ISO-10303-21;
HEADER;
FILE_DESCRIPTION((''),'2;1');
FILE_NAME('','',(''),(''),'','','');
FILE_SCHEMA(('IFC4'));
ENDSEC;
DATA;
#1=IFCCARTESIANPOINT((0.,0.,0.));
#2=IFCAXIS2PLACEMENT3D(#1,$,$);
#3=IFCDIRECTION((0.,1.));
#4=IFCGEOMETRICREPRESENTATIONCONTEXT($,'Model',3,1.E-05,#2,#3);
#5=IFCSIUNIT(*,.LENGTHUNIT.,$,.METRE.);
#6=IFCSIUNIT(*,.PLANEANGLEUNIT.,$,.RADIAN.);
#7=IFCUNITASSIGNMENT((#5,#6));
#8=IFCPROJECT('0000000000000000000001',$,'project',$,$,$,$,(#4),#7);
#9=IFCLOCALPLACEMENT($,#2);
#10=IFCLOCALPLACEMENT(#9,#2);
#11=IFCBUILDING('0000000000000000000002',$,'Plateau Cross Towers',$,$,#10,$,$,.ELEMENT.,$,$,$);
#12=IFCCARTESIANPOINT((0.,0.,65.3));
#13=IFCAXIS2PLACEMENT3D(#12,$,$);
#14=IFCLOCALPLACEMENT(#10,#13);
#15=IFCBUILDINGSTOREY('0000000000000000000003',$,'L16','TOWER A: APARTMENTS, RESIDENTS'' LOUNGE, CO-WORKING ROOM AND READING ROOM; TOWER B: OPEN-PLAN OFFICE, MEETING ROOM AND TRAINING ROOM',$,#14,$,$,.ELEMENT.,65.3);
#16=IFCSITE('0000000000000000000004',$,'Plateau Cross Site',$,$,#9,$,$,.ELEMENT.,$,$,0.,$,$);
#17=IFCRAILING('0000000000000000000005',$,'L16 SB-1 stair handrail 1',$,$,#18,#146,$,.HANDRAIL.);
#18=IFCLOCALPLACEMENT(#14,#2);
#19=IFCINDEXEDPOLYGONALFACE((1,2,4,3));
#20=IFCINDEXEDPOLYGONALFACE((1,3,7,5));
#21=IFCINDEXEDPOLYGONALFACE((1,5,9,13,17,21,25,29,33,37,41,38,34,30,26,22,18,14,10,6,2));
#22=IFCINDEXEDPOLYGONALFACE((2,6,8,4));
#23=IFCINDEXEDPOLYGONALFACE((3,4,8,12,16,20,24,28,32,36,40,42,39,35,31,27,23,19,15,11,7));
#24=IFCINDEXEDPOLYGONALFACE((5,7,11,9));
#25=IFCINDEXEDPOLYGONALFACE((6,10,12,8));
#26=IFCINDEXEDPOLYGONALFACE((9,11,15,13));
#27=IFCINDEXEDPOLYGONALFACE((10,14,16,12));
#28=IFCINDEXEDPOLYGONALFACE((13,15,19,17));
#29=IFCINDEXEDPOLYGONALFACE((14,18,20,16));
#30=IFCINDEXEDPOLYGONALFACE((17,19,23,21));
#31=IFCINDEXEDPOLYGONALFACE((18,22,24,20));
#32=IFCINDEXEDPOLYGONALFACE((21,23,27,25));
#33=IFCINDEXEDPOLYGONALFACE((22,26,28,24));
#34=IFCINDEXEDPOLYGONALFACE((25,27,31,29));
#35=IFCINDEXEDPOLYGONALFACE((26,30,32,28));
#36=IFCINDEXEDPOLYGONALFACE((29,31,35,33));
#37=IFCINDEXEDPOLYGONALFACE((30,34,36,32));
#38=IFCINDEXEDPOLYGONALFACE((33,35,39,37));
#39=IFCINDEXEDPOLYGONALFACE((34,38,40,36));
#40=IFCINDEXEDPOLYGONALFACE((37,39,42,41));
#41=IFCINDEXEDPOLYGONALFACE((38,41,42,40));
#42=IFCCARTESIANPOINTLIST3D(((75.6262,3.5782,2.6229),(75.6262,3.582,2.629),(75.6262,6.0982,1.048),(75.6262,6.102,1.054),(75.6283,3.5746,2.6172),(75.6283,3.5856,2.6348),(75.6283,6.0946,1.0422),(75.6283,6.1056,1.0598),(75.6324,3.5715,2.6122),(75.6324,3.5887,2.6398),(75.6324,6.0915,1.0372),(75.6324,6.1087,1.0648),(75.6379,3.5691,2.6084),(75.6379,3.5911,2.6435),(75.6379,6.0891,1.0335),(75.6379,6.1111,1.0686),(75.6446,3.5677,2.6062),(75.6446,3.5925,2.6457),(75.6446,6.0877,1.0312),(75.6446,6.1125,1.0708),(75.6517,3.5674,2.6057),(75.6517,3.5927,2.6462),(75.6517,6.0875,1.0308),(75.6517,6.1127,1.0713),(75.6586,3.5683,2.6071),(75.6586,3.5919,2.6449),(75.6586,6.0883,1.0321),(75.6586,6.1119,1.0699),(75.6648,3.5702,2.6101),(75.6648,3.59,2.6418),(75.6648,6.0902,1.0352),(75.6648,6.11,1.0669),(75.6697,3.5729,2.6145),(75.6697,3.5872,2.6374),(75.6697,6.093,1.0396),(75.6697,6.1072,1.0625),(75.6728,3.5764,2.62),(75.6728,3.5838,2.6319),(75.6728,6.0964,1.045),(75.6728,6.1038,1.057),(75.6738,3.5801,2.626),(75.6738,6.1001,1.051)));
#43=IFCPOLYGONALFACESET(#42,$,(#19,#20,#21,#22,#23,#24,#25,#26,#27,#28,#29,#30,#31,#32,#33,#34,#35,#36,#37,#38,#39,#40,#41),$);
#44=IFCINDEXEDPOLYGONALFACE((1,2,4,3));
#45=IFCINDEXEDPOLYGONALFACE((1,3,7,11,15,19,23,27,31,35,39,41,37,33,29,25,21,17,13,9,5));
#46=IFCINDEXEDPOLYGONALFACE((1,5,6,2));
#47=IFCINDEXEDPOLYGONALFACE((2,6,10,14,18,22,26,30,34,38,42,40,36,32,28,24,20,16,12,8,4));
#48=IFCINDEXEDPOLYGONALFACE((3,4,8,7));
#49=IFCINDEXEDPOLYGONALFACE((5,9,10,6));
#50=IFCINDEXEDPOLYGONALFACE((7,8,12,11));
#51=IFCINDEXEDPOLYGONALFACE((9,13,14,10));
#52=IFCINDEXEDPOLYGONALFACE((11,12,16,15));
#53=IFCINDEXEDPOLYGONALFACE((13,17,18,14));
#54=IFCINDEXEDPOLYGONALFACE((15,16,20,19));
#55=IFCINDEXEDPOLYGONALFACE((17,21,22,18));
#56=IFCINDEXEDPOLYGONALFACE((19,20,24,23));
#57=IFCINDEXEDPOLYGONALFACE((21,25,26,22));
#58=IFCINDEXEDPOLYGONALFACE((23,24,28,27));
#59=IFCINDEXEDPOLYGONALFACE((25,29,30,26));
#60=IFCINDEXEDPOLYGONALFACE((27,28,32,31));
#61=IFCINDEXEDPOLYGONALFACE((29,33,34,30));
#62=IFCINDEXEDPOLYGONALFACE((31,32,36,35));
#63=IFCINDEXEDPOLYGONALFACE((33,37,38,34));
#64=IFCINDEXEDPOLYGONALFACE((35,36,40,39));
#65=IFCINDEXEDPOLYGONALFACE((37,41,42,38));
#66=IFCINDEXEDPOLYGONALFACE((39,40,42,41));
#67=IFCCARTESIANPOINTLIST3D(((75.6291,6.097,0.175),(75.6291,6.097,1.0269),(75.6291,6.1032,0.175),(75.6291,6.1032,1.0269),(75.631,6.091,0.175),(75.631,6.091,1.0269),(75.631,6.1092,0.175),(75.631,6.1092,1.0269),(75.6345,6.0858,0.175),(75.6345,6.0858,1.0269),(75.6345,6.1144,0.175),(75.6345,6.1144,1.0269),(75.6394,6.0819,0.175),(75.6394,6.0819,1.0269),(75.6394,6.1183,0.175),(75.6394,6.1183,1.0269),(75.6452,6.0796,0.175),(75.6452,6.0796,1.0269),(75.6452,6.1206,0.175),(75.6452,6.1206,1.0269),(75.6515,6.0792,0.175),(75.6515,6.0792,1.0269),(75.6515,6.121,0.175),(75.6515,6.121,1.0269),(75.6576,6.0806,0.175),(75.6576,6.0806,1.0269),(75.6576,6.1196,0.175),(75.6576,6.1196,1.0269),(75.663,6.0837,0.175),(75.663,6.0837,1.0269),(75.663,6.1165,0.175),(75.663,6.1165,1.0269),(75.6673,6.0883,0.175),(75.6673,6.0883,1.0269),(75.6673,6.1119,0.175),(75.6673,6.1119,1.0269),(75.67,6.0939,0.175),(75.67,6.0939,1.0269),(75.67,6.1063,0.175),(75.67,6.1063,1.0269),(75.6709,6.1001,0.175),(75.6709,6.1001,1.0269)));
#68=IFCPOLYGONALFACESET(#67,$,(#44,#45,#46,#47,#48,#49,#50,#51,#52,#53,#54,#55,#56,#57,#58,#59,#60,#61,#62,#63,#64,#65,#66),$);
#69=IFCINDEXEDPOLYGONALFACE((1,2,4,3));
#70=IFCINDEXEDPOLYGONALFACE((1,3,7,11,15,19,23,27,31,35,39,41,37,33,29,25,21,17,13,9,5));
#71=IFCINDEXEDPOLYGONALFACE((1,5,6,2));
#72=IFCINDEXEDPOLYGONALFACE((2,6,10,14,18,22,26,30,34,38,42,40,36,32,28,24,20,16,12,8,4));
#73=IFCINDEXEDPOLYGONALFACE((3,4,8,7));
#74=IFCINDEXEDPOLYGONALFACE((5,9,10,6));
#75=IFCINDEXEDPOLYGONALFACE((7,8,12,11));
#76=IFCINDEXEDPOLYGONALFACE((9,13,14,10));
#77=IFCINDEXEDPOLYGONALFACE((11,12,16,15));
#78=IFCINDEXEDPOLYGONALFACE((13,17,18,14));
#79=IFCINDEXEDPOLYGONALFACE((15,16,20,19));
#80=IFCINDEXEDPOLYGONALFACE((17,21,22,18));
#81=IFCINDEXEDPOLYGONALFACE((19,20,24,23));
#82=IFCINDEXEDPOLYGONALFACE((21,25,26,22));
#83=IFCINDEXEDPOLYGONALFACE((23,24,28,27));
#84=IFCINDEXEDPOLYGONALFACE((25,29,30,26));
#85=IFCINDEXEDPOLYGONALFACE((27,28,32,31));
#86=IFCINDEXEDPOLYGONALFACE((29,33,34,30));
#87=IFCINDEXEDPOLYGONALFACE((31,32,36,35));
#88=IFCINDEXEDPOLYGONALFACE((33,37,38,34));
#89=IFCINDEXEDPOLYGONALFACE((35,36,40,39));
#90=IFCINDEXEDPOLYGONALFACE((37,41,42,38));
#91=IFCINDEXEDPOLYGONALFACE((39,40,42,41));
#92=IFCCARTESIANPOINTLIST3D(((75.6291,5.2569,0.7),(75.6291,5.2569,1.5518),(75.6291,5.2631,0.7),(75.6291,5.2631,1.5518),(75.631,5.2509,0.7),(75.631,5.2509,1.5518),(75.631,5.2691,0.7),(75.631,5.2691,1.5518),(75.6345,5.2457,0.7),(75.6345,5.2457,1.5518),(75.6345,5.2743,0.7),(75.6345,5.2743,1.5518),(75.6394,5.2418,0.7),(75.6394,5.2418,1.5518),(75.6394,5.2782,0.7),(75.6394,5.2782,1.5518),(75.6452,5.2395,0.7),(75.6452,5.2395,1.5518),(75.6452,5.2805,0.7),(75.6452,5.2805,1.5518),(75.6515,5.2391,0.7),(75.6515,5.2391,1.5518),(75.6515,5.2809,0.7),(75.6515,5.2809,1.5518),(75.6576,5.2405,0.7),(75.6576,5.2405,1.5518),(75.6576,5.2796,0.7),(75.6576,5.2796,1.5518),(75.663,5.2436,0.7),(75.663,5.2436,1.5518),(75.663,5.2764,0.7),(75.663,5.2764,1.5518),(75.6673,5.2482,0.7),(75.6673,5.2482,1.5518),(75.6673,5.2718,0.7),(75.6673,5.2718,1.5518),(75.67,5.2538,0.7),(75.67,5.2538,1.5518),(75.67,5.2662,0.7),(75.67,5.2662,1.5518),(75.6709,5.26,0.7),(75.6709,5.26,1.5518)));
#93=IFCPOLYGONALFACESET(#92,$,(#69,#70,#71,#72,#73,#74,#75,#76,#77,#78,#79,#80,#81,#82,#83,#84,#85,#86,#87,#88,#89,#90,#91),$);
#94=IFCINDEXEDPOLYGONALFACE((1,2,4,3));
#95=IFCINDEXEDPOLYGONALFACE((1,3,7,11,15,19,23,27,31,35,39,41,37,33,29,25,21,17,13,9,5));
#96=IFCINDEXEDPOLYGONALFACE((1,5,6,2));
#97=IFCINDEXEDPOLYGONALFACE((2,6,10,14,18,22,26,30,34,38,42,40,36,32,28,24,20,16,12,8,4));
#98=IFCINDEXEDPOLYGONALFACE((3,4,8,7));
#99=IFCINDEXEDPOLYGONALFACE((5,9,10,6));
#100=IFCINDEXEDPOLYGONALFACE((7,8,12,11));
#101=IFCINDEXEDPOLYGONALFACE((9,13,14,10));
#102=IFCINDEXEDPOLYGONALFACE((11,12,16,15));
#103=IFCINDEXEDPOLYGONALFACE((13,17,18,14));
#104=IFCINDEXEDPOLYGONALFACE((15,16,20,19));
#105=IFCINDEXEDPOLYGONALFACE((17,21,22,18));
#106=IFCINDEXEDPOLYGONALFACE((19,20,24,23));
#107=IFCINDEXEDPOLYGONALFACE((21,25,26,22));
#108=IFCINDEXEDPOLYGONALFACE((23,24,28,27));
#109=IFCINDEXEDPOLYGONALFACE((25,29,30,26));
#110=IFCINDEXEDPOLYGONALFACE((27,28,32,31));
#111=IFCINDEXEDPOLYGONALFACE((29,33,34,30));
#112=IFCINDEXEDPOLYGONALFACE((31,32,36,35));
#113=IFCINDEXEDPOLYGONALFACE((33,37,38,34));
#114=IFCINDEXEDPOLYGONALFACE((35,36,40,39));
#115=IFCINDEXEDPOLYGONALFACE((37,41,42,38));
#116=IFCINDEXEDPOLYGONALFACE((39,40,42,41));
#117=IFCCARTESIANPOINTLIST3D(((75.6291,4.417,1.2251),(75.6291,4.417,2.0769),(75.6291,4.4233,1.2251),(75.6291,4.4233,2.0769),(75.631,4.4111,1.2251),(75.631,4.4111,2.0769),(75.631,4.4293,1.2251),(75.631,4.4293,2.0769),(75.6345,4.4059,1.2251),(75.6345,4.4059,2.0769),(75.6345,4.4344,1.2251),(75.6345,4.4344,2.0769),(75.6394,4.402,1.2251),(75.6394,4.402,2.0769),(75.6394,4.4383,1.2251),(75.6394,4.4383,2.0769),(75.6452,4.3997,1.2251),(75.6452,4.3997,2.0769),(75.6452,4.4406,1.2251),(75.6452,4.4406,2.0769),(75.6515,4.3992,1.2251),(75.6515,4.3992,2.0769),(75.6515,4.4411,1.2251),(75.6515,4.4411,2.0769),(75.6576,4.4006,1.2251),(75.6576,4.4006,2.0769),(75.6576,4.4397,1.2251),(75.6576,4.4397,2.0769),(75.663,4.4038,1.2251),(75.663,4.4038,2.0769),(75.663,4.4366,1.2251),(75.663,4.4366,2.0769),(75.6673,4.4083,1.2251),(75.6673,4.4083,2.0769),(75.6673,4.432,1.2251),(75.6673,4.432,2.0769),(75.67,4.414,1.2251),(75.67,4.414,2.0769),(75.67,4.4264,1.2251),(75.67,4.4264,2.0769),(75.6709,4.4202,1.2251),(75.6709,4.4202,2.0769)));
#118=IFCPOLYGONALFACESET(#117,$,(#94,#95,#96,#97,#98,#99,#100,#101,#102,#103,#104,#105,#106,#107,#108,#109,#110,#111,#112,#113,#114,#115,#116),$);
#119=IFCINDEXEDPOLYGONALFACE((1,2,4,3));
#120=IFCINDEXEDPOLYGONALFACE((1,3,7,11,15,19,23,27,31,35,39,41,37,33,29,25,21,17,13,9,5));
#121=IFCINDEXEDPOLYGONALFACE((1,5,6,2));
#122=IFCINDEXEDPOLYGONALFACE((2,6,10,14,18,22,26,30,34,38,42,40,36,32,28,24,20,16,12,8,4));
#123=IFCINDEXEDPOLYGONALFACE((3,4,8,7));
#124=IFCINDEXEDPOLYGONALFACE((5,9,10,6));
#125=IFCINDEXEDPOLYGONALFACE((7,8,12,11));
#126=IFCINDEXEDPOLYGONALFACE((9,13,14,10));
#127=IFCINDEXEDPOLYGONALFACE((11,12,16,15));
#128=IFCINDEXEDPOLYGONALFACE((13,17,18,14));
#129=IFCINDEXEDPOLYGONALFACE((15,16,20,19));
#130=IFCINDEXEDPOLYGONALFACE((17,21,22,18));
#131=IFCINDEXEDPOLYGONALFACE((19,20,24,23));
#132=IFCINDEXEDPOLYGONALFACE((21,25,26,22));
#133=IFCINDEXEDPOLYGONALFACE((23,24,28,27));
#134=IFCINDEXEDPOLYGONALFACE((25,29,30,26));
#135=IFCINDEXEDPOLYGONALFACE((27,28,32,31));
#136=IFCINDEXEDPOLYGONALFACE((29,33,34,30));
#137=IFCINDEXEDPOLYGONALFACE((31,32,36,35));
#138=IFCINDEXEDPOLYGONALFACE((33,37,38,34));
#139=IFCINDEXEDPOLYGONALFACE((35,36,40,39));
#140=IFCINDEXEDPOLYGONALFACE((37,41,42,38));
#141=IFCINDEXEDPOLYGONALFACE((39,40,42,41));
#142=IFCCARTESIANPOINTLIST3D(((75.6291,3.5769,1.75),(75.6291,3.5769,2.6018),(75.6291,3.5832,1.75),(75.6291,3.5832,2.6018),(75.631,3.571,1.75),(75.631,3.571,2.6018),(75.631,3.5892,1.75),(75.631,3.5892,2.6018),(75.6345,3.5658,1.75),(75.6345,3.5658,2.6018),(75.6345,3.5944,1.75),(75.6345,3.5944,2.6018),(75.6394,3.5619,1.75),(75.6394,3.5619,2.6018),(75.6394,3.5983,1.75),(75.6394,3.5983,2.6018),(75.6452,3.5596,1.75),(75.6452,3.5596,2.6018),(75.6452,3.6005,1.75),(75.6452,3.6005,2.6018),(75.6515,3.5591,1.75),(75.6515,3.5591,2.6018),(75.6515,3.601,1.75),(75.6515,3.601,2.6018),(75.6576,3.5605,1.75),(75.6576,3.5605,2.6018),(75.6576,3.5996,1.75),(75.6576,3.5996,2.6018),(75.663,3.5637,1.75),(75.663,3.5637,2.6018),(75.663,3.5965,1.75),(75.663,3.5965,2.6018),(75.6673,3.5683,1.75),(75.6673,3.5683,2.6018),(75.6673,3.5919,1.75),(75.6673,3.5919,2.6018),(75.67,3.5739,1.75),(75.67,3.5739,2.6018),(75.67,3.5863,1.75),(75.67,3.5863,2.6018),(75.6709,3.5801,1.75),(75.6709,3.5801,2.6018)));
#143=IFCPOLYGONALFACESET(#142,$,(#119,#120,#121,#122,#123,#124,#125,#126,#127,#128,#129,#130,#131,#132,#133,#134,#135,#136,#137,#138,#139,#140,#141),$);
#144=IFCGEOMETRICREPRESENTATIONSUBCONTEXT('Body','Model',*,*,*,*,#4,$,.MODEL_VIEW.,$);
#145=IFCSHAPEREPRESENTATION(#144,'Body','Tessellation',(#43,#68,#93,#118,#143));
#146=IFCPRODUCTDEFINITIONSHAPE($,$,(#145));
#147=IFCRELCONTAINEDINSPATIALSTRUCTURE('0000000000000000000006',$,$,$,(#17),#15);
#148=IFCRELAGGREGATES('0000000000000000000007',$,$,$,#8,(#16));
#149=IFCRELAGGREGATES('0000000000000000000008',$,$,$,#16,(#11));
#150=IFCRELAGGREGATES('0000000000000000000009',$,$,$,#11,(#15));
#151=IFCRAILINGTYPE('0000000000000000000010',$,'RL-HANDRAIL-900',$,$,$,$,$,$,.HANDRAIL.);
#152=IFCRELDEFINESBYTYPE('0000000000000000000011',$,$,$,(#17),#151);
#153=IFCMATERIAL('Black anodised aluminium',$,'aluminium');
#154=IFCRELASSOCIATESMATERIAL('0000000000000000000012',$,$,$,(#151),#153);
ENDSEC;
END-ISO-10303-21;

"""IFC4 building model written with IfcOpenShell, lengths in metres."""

from ifc_helpers import new_model, si_unit, direction, frame, origin, origin_2d, place, context, subcontext, project, spatial, circle, extrude, material, type_object, element, save


model = new_model("IFC4")

# Units and contexts
model_context = context("Model", 3, precision=1e-05, world=origin(), true_north=direction((0.0, 1.0)))
body_context = subcontext(model_context, "Body", "Model", "MODEL_VIEW")
ifc_project = project(units=[si_unit("LENGTHUNIT", "METRE"), si_unit("PLANEANGLEUNIT", "RADIAN")], contexts=[model_context])

# Site, building, storey
site_placement = place(None, origin())
site = spatial("IfcSite", under=ifc_project, at=site_placement, Name="Plateau Cross Site", CompositionType="ELEMENT", RefElevation=0.0)
building_placement = place(site_placement, origin())
building = spatial("IfcBuilding", under=site, at=building_placement, Name="Plateau Cross Towers", CompositionType="ELEMENT")
storey_placement = place(building_placement, frame((0.0, 0.0, 65.3)))
storey = spatial("IfcBuildingStorey", under=building, at=storey_placement, Name="L16", Description="TOWER A: APARTMENTS, RESIDENTS' LOUNGE, CO-WORKING ROOM AND READING ROOM; TOWER B: OPEN-PLAN OFFICE, MEETING ROOM AND TRAINING ROOM", CompositionType="ELEMENT", Elevation=65.3)

# Shared definitions
ifc_material_1 = material(Name="Black anodised aluminium", Category="aluminium")

# Railing
railing_type_1 = type_object("IfcRailingType", Name="RL-HANDRAIL-900", PredefinedType="HANDRAIL", material=ifc_material_1)
railing_1_placement = place(storey_placement, frame((75.6499, 6.1001, 0.175)))
element("IfcRailing", 1, at=railing_1_placement, inside=storey, type_object=railing_type_1, Name="L16 SB-1 stair handrail 1", PredefinedType="HANDRAIL", context=body_context, shape_type="SweptSolid", body=[
    extrude(circle(Radius=0.0239, at=origin_2d()), frame((0.0, 0.0, 0.876), z_axis=(0.0, -0.848008, 0.529984), x_axis=(1.0, 0.0, 0.0)), (0.0, 0.0, 1.0), 2.9717),
    extrude(circle(Radius=0.021, at=origin_2d()), origin(), (0.0, 0.0, 1.0), 0.8518),
    extrude(circle(Radius=0.021, at=origin_2d()), frame((0.0, -0.8401, 0.5249)), (0.0, 0.0, 1.0), 0.8518),
    extrude(circle(Radius=0.021, at=origin_2d()), frame((0.0, -1.6799, 1.05)), (0.0, 0.0, 1.0), 0.8518),
    extrude(circle(Radius=0.021, at=origin_2d()), frame((0.0, -2.52, 1.575)), (0.0, 0.0, 1.0), 0.8518),
])

save(model, "model.ifc")
